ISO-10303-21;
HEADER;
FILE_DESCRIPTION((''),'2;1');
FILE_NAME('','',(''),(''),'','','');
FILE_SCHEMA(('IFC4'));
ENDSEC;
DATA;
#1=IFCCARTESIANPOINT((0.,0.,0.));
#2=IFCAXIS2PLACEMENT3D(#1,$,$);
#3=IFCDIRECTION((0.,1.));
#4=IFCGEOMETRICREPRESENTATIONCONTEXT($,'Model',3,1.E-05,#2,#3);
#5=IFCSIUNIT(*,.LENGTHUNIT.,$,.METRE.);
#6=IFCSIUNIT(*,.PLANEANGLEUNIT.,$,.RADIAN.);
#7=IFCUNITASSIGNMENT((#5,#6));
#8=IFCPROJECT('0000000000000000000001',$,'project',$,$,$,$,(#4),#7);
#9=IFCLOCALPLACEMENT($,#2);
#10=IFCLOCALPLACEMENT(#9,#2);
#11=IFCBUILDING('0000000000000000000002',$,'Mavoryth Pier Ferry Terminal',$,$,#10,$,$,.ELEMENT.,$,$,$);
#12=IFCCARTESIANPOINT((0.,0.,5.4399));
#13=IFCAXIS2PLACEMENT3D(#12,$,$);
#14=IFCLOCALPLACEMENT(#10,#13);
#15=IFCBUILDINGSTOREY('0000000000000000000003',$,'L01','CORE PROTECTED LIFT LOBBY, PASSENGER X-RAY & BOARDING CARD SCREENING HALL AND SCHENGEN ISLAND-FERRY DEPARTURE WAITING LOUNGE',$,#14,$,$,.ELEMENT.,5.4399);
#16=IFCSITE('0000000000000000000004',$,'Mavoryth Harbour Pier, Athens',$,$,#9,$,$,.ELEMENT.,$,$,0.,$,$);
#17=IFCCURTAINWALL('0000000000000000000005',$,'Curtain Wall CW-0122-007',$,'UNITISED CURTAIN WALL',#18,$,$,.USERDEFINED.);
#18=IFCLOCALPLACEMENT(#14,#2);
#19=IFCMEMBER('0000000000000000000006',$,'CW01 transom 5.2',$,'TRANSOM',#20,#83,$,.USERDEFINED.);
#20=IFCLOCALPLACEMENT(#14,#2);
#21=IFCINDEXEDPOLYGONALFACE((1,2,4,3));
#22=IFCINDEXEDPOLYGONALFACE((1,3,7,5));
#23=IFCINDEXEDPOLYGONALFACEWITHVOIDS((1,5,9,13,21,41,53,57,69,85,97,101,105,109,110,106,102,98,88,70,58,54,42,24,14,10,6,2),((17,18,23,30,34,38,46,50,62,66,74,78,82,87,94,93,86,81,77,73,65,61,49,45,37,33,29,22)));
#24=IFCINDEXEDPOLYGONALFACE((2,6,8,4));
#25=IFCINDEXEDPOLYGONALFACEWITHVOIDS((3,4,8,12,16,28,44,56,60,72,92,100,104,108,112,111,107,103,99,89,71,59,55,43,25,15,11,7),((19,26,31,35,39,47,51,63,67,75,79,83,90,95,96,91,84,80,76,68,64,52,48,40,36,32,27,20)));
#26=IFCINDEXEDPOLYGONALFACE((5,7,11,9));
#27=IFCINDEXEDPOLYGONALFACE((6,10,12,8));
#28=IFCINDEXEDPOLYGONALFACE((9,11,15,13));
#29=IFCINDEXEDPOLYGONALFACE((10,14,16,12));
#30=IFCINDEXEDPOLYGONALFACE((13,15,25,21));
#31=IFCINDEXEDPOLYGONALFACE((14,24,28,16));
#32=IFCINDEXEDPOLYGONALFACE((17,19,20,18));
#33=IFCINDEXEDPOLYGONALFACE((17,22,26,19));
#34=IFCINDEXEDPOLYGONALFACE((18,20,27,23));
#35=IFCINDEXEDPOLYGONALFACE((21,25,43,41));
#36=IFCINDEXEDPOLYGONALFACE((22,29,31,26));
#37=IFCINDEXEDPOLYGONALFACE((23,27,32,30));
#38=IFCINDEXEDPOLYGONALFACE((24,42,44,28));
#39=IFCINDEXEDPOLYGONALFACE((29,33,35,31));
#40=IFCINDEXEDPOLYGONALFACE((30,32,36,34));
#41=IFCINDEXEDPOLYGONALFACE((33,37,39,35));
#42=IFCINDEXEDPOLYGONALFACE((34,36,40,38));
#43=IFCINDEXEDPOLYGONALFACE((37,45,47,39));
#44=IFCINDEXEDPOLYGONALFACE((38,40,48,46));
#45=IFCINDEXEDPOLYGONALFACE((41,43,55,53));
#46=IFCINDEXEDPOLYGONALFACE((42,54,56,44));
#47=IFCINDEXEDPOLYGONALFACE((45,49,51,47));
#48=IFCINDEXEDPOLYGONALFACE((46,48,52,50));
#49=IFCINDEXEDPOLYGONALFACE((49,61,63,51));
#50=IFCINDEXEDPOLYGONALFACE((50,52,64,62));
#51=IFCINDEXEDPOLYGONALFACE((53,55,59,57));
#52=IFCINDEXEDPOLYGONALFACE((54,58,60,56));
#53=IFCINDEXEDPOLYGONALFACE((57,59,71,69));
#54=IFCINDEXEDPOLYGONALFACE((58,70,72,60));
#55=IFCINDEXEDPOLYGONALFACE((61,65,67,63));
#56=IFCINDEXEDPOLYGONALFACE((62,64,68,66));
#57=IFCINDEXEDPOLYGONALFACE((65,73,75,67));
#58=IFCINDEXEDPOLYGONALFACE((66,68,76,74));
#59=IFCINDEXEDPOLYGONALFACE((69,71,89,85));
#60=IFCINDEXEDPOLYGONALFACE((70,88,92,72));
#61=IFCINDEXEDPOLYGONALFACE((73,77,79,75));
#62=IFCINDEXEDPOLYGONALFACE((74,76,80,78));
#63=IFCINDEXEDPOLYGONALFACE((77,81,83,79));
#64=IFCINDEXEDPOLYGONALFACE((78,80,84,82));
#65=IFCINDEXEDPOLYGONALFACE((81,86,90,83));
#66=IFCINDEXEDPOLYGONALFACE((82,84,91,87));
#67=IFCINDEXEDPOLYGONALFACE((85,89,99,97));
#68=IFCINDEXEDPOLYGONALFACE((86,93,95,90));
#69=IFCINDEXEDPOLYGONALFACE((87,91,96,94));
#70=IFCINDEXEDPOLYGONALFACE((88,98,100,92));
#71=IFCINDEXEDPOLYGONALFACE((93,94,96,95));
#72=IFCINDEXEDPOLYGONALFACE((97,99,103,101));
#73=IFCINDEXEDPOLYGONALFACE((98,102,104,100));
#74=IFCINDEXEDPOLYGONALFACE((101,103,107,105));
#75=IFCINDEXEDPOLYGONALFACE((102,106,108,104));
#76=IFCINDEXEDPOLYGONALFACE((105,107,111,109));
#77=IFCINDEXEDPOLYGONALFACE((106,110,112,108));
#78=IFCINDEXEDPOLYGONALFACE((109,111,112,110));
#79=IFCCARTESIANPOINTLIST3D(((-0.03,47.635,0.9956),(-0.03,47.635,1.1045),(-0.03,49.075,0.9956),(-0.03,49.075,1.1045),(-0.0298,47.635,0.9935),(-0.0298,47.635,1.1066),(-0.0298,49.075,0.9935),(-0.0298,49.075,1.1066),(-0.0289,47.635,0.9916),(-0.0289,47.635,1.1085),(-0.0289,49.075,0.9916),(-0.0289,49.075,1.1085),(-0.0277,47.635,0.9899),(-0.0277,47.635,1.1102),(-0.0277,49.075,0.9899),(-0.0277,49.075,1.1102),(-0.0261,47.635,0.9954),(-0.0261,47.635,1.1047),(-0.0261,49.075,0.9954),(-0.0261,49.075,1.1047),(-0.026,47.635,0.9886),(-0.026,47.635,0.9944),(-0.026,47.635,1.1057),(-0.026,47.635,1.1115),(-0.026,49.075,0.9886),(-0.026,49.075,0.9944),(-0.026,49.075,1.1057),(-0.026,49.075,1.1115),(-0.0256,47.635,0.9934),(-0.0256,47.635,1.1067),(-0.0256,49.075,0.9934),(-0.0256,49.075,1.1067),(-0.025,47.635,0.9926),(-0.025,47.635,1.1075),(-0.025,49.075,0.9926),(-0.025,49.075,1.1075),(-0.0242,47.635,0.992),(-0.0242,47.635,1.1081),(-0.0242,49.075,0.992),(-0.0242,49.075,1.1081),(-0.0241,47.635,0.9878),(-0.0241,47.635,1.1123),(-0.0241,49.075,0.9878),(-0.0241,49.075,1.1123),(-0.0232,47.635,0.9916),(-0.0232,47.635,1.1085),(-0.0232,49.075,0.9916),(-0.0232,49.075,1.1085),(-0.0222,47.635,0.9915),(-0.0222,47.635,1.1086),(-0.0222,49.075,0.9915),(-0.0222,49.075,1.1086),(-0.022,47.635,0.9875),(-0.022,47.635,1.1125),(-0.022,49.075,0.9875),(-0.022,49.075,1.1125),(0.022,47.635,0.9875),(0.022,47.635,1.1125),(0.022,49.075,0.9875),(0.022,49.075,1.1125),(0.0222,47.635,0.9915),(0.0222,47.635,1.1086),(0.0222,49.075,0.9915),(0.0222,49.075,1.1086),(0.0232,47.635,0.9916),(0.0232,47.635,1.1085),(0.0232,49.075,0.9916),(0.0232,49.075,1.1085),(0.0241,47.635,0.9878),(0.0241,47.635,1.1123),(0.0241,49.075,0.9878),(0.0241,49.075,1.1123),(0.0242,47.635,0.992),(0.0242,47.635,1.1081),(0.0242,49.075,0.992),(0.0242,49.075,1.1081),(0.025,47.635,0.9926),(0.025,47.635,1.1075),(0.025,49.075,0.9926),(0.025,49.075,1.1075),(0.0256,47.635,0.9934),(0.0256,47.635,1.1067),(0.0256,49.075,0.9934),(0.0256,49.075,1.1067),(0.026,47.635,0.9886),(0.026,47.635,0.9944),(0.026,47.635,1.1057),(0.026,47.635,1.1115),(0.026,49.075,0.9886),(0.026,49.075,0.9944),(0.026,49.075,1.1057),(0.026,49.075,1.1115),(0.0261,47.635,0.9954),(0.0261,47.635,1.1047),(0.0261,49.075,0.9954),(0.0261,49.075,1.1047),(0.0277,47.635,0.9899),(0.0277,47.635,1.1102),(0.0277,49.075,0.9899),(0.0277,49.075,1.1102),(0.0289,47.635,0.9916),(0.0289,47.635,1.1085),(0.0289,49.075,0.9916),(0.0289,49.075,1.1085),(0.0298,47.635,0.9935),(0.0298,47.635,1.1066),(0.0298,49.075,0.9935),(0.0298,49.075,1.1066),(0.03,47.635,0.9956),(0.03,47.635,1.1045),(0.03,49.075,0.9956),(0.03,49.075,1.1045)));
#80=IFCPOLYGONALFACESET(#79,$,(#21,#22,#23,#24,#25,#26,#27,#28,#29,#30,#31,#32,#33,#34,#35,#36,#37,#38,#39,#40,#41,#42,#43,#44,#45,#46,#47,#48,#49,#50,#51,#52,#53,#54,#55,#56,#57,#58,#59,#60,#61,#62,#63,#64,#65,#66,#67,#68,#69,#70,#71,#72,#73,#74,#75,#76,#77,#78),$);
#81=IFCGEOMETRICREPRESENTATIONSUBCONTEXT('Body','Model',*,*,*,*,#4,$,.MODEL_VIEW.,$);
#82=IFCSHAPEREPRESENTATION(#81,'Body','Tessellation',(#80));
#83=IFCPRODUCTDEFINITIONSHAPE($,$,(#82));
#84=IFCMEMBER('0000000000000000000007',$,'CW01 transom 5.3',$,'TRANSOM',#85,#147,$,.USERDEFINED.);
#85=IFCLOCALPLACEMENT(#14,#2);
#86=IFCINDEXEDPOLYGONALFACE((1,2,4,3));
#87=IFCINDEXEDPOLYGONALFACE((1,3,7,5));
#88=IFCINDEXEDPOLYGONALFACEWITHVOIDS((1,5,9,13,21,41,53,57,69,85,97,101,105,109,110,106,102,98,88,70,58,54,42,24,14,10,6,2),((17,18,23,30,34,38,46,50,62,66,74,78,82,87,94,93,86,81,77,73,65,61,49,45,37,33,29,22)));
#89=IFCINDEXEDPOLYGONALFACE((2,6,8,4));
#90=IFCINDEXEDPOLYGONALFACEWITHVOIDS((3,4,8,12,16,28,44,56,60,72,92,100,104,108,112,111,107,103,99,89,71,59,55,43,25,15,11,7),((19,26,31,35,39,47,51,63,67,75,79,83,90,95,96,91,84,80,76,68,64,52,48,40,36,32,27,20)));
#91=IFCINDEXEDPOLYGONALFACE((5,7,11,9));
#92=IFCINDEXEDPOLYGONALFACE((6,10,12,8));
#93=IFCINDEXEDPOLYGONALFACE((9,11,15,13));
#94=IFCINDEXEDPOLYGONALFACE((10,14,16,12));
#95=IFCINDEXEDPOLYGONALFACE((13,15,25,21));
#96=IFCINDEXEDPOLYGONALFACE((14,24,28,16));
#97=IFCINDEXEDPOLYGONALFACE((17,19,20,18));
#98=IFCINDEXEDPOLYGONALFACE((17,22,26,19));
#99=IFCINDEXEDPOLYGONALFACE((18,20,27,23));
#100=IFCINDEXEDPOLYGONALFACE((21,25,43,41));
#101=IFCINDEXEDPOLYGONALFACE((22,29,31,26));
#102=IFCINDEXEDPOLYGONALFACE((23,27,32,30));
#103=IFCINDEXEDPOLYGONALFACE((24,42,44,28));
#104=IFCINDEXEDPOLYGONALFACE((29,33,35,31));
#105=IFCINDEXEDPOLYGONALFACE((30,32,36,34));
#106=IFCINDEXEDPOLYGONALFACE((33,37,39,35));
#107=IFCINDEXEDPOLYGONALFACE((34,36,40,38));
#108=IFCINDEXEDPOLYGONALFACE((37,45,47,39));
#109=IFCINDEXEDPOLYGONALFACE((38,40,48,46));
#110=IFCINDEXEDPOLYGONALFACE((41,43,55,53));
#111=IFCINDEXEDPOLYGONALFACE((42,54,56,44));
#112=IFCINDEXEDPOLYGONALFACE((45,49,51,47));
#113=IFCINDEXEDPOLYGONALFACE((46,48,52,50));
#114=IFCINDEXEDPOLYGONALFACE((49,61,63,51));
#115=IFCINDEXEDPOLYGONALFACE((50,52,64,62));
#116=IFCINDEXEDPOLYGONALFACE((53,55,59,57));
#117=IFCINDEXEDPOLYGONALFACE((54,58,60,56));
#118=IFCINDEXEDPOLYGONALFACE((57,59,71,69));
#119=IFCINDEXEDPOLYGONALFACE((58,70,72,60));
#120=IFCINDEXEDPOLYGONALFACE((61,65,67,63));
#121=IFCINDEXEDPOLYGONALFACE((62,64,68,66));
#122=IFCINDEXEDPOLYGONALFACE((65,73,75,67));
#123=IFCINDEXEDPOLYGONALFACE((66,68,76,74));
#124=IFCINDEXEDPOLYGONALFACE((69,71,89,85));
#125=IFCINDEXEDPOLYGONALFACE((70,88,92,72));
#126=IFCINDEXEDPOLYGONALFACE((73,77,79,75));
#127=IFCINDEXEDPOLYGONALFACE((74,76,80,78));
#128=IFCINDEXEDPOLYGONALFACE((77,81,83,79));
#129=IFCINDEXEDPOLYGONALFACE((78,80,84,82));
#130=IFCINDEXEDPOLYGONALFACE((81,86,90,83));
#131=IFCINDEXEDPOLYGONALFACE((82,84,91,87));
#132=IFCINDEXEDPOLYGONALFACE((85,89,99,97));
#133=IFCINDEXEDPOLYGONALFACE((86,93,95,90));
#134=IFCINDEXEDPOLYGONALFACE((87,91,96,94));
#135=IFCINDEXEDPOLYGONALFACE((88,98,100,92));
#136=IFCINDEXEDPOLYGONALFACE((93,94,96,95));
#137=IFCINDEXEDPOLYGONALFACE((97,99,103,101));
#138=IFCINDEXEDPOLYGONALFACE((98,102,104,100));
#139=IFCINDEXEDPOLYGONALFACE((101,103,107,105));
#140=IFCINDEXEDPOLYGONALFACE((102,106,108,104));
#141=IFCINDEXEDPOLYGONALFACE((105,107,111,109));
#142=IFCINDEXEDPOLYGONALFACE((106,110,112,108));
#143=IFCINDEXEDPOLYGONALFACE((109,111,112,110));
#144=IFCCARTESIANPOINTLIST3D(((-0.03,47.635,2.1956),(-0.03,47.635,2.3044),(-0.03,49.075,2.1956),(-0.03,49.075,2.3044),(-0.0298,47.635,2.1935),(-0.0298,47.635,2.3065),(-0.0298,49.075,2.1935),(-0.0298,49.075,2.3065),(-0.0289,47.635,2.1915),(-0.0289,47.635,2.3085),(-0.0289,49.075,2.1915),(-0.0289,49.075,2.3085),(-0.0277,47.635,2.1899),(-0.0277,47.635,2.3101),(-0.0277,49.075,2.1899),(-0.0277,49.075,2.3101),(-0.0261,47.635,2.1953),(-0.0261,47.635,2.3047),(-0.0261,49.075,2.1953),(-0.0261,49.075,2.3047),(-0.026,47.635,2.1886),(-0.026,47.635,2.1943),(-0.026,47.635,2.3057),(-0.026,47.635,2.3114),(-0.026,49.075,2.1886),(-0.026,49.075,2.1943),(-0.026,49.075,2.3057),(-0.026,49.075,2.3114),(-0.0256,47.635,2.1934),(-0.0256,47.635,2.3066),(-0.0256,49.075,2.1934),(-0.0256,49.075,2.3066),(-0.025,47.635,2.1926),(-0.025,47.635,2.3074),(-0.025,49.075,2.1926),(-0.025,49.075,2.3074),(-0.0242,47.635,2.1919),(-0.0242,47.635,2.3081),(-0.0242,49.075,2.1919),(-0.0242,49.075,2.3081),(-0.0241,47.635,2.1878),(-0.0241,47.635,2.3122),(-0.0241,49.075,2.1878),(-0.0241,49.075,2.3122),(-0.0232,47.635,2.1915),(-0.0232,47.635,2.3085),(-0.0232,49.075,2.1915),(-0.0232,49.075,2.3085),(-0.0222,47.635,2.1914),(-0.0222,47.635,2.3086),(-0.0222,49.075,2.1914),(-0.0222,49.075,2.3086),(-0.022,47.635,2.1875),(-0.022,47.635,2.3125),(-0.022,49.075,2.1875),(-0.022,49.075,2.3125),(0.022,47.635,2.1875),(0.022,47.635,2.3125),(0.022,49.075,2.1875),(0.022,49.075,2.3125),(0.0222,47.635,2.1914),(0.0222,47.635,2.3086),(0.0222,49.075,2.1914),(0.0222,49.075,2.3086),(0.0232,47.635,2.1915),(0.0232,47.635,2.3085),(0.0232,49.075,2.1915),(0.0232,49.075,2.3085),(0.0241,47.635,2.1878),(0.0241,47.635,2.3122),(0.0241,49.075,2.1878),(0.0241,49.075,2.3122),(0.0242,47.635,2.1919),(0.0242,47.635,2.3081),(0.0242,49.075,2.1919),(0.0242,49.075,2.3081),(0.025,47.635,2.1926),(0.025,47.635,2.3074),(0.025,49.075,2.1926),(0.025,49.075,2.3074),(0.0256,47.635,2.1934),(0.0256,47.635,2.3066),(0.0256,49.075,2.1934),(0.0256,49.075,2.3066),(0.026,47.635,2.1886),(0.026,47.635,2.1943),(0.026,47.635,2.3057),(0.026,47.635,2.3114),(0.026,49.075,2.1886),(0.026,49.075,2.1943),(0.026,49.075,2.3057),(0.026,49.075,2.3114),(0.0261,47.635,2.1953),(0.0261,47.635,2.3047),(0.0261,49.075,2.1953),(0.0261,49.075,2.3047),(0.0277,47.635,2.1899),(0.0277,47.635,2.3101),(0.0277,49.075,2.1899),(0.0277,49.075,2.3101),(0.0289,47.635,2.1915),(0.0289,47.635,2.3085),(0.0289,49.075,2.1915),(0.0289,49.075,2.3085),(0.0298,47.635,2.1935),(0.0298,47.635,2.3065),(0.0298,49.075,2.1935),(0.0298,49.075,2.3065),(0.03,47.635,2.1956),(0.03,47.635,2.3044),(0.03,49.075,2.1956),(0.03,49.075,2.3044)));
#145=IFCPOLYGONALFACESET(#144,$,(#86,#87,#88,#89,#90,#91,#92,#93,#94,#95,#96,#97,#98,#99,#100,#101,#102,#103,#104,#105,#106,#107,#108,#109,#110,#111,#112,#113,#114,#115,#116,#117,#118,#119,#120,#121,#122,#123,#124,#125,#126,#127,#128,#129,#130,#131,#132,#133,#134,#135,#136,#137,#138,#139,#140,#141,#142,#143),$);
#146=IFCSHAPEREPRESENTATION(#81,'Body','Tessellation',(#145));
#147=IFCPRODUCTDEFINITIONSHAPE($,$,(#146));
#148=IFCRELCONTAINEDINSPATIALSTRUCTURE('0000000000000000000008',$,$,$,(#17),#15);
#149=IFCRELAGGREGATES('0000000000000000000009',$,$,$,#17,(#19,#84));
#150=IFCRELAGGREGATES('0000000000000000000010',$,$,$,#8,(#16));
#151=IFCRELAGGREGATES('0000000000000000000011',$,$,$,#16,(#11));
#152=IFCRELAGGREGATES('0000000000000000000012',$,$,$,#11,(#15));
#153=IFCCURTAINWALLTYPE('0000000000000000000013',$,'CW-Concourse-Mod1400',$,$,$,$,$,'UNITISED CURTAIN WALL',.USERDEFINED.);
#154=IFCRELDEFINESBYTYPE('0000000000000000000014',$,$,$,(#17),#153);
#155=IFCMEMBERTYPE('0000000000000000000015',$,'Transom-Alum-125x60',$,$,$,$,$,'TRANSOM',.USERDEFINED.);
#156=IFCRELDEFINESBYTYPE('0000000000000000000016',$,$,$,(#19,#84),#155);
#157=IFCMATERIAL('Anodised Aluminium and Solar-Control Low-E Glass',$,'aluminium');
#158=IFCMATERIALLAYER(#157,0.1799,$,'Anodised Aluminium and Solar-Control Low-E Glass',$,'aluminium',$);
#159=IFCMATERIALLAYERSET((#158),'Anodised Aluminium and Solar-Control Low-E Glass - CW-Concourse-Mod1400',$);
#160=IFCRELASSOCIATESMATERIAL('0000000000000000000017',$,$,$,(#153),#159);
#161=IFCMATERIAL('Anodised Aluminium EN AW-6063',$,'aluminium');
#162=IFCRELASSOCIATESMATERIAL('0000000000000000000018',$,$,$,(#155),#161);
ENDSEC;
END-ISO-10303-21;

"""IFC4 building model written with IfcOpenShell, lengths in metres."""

from ifc_helpers import new_model, si_unit, direction, frame, origin, origin_2d, place, context, subcontext, project, spatial, hollow_rectangle, extrude, material, layer, layer_set, material_profile, profile_set, type_object, element, aggregate, save


model = new_model("IFC4")

# Units and contexts
model_context = context("Model", 3, precision=1e-05, world=origin(), true_north=direction((0.0, 1.0)))
body_context = subcontext(model_context, "Body", "Model", "MODEL_VIEW")
ifc_project = project(units=[si_unit("LENGTHUNIT", "METRE"), si_unit("PLANEANGLEUNIT", "RADIAN")], contexts=[model_context])

# Site, building, storey
site_placement = place(None, origin())
site = spatial("IfcSite", under=ifc_project, at=site_placement, Name="Mavoryth Harbour Pier, Athens", CompositionType="ELEMENT", RefElevation=0.0)
building_placement = place(site_placement, origin())
building = spatial("IfcBuilding", under=site, at=building_placement, Name="Mavoryth Pier Ferry Terminal", CompositionType="ELEMENT")
storey_placement = place(building_placement, frame((0.0, 0.0, 5.4399)))
storey = spatial("IfcBuildingStorey", under=building, at=storey_placement, Name="L01", Description="CORE PROTECTED LIFT LOBBY, PASSENGER X-RAY & BOARDING CARD SCREENING HALL AND SCHENGEN ISLAND-FERRY DEPARTURE WAITING LOUNGE", CompositionType="ELEMENT", Elevation=5.4399)

# Curtain wall
ifc_material_1 = material(Name="Anodised Aluminium and Solar-Control Low-E Glass", Category="aluminium")
ifc_layer_1 = layer(ifc_material_1, 0.1799, Name="Anodised Aluminium and Solar-Control Low-E Glass", Category="aluminium")
ifc_layer_set_1 = layer_set([ifc_layer_1], Name="Anodised Aluminium and Solar-Control Low-E Glass - CW-Concourse-Mod1400")
curtain_wall_type = type_object("IfcCurtainWallType", Name="CW-Concourse-Mod1400", ElementType="UNITISED CURTAIN WALL", PredefinedType="USERDEFINED", material=ifc_layer_set_1)
curtain_wall_placement = place(storey_placement, origin())
curtain_wall = element("IfcCurtainWall", 1, at=curtain_wall_placement, inside=storey, type_object=curtain_wall_type, Name="Curtain Wall CW-0122-007", ObjectType="UNITISED CURTAIN WALL", PredefinedType="USERDEFINED")
ifc_material_2 = material(Name="Anodised Aluminium EN AW-6063", Category="aluminium")

# Members
ifc_material_profile_1 = material_profile(ifc_material_2, hollow_rectangle(XDim=0.0601, YDim=0.125, WallThickness=0.0039, InnerFilletRadius=0.0039, OuterFilletRadius=0.0081, at=origin_2d()), Name="AL-TRAN 125x60x4", Category="aluminium")
ifc_profile_set_1 = profile_set([ifc_material_profile_1], Name="Anodised Aluminium EN AW-6063 - AL-TRAN 125x60x4")
member_type_1 = type_object("IfcMemberType", Name="Transom-Alum-125x60", ElementType="TRANSOM", PredefinedType="USERDEFINED", material=ifc_profile_set_1)
member_1_placement = place(storey_placement, frame((0.0, 49.075, 1.05), z_axis=(0.0, -1.0, 0.0), x_axis=(1.0, 0.0, 0.0)))
member_1 = element("IfcMember", 2, at=member_1_placement, type_object=member_type_1, Name="CW01 transom 5.2", ObjectType="TRANSOM", PredefinedType="USERDEFINED", context=body_context, shape_type="SweptSolid", body=[
    extrude(hollow_rectangle(XDim=0.0601, YDim=0.125, WallThickness=0.0039, InnerFilletRadius=0.0039, OuterFilletRadius=0.0081, at=origin_2d()), origin(), (0.0, 0.0, 1.0), 1.4399),
])
member_2_placement = place(storey_placement, frame((0.0, 49.075, 2.25), z_axis=(0.0, -1.0, 0.0), x_axis=(1.0, 0.0, 0.0)))
member_2 = element("IfcMember", 3, at=member_2_placement, type_object=member_type_1, Name="CW01 transom 5.3", ObjectType="TRANSOM", PredefinedType="USERDEFINED", context=body_context, shape_type="SweptSolid", body=[
    extrude(hollow_rectangle(XDim=0.0601, YDim=0.125, WallThickness=0.0039, InnerFilletRadius=0.0039, OuterFilletRadius=0.0081, at=origin_2d()), origin(), (0.0, 0.0, 1.0), 1.4399),
])

aggregate(curtain_wall, [member_1, member_2])

save(model, "model.ifc")
